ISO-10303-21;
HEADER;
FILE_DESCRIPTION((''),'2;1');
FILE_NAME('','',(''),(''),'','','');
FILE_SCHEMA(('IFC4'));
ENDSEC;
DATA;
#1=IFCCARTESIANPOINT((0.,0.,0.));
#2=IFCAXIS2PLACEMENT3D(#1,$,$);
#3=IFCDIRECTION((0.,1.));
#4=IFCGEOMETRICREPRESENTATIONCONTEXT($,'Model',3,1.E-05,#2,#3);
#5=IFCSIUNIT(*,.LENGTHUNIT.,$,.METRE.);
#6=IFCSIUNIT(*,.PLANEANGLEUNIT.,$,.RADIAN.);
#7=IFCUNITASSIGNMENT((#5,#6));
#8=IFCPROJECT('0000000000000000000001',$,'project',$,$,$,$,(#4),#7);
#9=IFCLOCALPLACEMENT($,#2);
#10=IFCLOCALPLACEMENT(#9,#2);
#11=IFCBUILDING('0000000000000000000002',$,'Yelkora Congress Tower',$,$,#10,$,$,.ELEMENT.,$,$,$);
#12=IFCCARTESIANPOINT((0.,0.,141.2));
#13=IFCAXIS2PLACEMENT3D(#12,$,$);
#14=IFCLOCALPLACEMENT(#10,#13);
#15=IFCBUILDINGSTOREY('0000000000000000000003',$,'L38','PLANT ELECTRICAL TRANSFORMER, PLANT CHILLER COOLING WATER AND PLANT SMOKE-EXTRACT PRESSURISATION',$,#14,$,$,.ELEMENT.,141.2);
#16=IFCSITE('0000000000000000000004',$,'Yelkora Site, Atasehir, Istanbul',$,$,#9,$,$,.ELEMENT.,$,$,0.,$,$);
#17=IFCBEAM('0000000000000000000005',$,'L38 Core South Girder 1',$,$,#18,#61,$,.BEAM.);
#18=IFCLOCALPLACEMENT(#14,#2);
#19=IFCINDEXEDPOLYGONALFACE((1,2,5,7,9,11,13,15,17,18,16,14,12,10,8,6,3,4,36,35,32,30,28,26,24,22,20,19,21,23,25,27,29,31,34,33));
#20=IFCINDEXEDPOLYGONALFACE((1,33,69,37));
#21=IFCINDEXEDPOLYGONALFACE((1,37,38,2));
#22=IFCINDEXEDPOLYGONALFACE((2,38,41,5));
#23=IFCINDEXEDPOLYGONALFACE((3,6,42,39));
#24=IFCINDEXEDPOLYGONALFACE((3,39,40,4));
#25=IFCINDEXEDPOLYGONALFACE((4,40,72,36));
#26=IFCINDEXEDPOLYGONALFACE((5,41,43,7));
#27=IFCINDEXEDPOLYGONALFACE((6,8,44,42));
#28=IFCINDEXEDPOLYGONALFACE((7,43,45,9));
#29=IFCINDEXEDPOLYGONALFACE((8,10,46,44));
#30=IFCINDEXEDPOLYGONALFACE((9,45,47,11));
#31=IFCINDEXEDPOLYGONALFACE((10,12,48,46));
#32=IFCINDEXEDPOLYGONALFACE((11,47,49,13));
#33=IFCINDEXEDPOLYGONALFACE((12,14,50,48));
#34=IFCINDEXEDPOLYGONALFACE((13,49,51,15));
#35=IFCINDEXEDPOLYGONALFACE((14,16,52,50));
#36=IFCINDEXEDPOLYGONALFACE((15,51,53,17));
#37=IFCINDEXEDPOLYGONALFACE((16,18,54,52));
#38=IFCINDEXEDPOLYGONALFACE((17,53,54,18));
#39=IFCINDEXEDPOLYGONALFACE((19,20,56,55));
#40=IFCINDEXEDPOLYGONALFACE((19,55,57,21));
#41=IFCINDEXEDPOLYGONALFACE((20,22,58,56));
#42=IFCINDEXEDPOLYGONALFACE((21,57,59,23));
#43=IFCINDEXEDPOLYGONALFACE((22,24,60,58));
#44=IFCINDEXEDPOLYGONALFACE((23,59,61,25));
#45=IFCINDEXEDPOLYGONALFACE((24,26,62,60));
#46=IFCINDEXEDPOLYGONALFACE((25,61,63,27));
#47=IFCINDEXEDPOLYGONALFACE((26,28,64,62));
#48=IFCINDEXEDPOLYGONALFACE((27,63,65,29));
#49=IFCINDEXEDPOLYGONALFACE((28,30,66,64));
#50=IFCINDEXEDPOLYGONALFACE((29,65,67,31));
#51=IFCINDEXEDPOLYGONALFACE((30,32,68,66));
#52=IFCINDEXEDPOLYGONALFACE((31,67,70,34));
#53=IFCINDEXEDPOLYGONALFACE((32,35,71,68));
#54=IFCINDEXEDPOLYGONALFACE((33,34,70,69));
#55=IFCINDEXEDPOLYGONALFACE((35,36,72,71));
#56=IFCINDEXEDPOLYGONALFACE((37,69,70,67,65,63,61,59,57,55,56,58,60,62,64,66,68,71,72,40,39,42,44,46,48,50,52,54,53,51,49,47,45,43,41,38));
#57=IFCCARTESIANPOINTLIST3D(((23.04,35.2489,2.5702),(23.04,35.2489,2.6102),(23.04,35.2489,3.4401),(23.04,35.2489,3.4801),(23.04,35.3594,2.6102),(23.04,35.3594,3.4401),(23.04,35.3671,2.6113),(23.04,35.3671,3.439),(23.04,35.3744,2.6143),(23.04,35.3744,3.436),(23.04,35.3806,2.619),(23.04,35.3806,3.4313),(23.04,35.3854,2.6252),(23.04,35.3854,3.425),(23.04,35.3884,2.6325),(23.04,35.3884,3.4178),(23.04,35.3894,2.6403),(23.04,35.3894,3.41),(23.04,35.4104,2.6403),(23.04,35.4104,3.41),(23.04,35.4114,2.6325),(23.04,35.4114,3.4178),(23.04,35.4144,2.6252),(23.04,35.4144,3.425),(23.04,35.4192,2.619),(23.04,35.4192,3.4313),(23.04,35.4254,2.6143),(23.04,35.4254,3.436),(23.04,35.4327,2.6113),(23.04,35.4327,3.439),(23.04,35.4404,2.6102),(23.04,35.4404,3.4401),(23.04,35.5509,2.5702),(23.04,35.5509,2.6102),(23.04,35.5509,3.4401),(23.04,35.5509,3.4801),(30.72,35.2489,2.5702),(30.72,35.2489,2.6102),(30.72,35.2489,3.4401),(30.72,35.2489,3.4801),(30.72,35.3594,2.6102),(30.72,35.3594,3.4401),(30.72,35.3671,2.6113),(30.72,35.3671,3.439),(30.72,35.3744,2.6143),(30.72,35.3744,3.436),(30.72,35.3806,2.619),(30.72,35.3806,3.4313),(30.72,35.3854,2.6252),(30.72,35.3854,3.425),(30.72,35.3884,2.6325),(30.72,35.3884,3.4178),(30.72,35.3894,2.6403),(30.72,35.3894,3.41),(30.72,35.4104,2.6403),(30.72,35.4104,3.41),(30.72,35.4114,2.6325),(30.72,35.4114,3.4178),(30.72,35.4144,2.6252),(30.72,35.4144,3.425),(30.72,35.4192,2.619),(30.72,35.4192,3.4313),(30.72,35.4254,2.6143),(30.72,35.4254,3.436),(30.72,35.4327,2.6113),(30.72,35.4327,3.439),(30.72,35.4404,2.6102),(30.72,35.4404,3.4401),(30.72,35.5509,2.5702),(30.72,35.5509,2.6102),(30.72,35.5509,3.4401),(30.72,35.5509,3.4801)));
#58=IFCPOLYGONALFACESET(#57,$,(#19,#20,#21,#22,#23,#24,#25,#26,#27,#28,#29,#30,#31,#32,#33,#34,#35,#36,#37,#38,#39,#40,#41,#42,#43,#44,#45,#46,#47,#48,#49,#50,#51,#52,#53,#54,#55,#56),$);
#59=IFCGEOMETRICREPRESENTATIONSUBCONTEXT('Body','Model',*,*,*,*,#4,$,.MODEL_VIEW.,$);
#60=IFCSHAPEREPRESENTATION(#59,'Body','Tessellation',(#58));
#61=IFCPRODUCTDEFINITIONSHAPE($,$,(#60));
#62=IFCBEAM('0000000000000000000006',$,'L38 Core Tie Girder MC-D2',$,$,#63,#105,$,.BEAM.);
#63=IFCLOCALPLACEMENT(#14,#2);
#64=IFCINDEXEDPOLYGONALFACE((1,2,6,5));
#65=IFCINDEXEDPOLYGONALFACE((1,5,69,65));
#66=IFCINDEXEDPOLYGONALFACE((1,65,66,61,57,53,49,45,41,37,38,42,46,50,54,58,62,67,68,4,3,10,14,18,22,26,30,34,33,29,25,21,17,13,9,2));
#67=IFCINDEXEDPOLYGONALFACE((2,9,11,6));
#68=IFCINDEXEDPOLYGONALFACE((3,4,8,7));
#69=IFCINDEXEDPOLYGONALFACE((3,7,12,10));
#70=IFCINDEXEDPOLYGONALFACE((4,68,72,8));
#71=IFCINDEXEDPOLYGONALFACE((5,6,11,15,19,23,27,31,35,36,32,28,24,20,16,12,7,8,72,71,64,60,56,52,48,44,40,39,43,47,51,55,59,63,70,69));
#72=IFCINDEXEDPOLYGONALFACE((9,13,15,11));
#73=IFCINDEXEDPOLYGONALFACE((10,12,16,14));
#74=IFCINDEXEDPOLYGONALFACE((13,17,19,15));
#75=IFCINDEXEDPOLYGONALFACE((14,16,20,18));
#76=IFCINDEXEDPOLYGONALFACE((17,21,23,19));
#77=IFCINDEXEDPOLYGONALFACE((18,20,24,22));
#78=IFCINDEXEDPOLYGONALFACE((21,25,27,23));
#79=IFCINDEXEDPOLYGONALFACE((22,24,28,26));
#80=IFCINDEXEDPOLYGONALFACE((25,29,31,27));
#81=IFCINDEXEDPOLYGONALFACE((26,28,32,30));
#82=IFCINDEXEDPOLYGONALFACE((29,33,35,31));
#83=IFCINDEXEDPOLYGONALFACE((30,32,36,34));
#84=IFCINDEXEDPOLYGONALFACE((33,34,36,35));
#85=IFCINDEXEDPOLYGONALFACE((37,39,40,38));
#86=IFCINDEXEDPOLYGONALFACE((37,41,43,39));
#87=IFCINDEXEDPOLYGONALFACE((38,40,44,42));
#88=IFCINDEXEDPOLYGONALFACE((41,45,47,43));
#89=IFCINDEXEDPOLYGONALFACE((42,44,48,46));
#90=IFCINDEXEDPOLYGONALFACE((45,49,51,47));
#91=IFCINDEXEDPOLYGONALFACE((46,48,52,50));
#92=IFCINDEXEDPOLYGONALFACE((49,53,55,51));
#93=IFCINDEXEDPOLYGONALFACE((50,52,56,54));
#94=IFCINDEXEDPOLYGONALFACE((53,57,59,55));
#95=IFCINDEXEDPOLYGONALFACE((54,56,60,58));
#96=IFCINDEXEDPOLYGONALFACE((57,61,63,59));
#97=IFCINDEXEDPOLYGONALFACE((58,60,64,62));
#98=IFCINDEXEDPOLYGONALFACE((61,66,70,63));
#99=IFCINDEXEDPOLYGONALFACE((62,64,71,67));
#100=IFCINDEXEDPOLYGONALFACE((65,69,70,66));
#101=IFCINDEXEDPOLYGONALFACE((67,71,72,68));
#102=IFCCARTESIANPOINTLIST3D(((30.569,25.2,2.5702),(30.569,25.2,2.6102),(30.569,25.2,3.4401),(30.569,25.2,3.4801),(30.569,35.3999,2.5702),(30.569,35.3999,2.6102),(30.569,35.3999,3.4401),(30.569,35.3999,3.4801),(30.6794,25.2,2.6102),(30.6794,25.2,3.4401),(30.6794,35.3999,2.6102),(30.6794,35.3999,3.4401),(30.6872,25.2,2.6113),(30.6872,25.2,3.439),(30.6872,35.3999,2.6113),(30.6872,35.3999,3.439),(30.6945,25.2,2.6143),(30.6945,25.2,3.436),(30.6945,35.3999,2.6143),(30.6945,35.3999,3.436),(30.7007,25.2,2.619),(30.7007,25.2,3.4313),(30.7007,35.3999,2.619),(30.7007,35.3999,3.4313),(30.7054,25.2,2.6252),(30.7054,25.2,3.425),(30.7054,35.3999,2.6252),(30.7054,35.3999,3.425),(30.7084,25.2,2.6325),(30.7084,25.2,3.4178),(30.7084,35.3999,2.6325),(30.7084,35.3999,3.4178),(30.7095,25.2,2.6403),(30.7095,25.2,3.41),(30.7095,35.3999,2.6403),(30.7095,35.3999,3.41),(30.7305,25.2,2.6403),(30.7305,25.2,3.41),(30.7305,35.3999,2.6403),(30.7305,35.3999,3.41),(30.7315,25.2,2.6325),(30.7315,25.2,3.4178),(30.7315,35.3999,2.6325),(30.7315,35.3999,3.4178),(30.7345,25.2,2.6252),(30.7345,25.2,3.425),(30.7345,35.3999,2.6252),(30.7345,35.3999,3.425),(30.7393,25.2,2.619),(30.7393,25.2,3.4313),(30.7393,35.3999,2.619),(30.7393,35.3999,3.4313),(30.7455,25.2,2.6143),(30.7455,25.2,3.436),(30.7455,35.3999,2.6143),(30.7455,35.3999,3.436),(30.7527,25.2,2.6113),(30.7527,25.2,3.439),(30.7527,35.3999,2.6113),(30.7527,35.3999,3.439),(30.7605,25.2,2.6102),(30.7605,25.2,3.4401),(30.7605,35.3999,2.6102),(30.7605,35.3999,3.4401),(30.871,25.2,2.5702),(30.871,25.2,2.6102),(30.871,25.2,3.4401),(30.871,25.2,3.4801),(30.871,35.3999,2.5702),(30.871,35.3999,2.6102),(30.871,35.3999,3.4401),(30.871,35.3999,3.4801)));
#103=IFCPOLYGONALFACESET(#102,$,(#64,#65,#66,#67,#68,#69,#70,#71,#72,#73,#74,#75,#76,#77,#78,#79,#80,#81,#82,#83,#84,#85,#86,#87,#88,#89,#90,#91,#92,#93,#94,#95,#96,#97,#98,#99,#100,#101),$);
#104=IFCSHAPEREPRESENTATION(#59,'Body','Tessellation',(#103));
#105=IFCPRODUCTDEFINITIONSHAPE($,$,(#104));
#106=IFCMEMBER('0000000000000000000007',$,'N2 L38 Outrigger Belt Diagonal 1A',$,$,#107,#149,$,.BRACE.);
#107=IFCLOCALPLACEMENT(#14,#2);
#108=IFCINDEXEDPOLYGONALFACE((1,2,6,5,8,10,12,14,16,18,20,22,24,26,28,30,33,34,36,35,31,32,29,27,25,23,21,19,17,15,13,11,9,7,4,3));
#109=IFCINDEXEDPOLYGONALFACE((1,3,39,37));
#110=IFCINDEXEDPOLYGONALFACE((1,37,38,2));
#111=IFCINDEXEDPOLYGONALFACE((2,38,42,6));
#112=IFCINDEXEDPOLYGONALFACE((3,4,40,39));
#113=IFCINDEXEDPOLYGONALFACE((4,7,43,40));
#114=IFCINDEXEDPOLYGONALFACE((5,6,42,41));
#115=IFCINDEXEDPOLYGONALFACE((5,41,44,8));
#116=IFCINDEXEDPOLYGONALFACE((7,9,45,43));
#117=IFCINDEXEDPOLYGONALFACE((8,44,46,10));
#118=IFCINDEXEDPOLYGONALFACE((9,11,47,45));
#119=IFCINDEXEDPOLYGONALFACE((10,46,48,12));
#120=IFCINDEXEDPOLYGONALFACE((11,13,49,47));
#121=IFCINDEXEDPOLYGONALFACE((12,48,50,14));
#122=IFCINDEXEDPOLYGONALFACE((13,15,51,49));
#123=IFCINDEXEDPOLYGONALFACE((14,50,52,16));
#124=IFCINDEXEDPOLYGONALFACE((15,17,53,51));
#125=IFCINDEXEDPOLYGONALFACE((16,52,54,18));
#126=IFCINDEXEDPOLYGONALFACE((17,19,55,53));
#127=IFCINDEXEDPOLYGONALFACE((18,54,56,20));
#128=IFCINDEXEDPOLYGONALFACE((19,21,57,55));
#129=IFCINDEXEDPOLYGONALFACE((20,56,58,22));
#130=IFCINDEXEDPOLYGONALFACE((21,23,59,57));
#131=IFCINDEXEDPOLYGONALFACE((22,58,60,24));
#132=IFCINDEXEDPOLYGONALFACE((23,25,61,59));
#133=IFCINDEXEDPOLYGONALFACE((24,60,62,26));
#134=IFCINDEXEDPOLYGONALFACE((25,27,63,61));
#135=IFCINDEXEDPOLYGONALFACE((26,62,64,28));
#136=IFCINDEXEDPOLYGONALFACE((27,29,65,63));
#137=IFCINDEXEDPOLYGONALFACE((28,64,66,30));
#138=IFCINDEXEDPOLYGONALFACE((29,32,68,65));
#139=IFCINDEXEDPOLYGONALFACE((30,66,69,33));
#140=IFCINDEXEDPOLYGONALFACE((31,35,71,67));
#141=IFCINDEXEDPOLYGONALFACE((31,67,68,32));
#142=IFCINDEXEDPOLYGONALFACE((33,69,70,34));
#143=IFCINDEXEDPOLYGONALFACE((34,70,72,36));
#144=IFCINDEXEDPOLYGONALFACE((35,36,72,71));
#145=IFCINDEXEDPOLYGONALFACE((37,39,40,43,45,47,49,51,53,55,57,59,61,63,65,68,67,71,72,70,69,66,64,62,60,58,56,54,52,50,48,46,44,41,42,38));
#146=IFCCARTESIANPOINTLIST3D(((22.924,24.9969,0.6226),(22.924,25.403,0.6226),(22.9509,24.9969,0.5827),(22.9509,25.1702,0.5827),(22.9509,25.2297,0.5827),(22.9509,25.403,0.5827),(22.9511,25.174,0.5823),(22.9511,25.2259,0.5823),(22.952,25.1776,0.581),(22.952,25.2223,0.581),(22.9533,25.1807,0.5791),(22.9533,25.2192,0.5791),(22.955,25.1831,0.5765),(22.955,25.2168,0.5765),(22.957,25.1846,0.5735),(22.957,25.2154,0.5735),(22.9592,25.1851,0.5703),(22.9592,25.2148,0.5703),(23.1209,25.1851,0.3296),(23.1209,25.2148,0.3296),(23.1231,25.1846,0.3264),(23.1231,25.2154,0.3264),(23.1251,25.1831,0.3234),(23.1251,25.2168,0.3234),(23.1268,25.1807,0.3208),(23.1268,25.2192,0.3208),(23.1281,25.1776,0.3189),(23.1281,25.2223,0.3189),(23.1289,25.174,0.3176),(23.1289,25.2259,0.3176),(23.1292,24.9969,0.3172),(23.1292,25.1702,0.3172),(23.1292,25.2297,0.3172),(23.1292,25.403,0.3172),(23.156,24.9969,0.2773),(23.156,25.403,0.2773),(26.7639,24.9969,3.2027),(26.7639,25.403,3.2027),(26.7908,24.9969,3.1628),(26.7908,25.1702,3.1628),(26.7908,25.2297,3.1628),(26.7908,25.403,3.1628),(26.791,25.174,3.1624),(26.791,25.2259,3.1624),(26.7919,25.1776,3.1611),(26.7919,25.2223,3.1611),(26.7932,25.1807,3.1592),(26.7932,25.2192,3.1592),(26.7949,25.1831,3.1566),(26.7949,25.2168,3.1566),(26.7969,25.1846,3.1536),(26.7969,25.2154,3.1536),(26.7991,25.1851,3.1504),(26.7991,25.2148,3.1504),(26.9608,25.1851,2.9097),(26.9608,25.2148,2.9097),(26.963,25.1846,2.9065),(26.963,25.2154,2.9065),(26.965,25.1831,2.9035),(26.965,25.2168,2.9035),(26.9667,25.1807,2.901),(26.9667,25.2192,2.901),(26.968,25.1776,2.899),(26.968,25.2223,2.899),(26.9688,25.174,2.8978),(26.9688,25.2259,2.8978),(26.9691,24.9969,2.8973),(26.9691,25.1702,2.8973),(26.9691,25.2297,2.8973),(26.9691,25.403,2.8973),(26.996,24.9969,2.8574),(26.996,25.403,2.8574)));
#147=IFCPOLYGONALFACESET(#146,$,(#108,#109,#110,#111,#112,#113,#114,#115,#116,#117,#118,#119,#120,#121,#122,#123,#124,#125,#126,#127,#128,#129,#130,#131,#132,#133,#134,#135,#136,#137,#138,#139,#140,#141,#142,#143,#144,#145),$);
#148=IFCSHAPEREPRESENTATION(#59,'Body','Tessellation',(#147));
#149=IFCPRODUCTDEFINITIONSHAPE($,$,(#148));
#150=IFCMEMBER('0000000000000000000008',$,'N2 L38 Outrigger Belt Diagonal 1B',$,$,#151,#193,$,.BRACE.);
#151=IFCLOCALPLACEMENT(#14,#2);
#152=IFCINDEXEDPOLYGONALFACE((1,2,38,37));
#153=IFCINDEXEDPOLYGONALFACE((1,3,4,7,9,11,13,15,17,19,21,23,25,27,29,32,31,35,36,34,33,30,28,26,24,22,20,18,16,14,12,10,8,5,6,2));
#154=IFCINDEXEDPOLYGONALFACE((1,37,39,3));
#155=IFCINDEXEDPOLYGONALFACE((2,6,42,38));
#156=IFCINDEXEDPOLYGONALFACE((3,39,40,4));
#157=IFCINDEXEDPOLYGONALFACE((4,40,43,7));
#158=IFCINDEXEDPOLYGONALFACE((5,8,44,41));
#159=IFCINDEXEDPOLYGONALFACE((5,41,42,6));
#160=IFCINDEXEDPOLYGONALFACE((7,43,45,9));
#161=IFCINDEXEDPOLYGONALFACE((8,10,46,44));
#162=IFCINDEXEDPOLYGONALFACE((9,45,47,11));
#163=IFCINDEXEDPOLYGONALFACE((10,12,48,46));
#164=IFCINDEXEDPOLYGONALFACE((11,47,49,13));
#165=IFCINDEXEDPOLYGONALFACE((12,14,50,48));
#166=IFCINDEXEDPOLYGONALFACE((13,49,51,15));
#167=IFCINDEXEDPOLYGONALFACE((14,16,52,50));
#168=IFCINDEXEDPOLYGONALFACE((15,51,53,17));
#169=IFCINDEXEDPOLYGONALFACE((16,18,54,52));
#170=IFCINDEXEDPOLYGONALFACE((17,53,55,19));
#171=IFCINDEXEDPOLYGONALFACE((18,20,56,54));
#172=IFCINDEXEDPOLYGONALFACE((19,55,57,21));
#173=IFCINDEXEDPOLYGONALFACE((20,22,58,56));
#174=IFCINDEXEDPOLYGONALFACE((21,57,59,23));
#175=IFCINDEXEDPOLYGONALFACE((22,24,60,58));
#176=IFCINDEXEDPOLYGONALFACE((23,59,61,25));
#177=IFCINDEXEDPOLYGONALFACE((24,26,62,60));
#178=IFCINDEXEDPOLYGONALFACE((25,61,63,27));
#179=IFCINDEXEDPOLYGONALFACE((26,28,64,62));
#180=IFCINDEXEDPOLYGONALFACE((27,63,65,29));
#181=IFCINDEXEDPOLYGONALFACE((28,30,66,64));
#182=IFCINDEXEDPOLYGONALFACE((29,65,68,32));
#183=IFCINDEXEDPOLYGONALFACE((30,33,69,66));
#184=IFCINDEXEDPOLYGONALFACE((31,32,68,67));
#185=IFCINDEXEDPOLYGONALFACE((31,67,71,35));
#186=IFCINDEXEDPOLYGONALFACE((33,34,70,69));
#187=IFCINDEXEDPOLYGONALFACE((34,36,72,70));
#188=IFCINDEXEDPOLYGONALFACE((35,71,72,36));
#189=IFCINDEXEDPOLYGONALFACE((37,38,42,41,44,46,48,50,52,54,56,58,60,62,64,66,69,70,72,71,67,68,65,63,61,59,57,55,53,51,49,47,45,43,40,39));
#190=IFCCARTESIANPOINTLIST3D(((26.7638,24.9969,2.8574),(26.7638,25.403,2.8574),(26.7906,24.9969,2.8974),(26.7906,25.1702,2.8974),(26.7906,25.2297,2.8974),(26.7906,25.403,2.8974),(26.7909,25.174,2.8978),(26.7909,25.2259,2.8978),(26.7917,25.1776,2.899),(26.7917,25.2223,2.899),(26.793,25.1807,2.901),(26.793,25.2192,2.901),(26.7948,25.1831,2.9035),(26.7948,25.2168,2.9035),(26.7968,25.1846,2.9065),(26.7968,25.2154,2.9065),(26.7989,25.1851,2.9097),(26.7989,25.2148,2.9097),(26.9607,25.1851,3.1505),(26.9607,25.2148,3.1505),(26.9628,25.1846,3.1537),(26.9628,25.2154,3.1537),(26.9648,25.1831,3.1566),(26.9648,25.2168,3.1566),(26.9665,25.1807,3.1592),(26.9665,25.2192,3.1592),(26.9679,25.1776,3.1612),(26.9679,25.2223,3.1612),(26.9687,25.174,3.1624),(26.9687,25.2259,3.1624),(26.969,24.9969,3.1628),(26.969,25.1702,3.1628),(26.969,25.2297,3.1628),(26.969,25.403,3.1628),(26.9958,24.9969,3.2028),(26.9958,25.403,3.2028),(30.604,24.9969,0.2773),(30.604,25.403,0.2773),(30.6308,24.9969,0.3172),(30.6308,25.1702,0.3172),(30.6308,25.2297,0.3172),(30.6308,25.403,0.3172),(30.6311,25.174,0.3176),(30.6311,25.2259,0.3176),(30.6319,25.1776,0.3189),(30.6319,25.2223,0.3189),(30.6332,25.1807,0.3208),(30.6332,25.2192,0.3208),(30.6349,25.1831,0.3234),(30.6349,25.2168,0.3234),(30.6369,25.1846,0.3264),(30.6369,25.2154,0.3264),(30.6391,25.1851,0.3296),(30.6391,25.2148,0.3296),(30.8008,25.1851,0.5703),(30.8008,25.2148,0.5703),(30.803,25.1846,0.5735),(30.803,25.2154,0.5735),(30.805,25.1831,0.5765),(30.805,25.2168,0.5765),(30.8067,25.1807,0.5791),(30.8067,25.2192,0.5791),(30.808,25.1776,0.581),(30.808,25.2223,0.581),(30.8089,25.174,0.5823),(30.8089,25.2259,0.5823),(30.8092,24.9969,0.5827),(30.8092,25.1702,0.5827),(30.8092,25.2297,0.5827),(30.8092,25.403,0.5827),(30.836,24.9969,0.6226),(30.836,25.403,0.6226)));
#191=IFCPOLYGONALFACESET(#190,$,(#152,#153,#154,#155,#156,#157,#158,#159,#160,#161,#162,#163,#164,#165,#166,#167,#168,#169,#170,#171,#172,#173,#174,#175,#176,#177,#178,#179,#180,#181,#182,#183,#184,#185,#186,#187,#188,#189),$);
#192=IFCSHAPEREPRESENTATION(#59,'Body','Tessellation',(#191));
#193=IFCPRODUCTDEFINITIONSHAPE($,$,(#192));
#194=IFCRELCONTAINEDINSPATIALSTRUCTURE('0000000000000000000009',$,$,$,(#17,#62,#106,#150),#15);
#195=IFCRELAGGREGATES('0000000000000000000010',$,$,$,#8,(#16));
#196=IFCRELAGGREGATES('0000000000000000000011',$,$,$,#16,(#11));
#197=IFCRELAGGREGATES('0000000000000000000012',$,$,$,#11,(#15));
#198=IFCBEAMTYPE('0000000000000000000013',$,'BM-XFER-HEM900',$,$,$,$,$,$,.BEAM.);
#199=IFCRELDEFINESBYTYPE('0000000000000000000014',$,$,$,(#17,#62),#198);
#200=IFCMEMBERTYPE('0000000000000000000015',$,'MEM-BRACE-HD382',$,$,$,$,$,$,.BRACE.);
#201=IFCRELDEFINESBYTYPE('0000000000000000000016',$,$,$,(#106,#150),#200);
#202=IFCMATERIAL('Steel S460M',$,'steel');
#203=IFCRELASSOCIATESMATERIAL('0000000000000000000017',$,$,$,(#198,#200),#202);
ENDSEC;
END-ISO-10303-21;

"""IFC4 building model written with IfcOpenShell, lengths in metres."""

from ifc_helpers import new_model, si_unit, direction, frame, origin, origin_2d, place, context, subcontext, project, spatial, i_section, extrude, material, material_profile, profile_set, type_object, element, save


model = new_model("IFC4")

# Units and contexts
model_context = context("Model", 3, precision=1e-05, world=origin(), true_north=direction((0.0, 1.0)))
body_context = subcontext(model_context, "Body", "Model", "MODEL_VIEW")
ifc_project = project(units=[si_unit("LENGTHUNIT", "METRE"), si_unit("PLANEANGLEUNIT", "RADIAN")], contexts=[model_context])

# Site, building, storey
site_placement = place(None, origin())
site = spatial("IfcSite", under=ifc_project, at=site_placement, Name="Yelkora Site, Atasehir, Istanbul", CompositionType="ELEMENT", RefElevation=0.0)
building_placement = place(site_placement, origin())
building = spatial("IfcBuilding", under=site, at=building_placement, Name="Yelkora Congress Tower", CompositionType="ELEMENT")
storey_placement = place(building_placement, frame((0.0, 0.0, 141.2)))
storey = spatial("IfcBuildingStorey", under=building, at=storey_placement, Name="L38", Description="PLANT ELECTRICAL TRANSFORMER, PLANT CHILLER COOLING WATER AND PLANT SMOKE-EXTRACT PRESSURISATION", CompositionType="ELEMENT", Elevation=141.2)

# Shared definitions
ifc_material_1 = material(Name="Steel S460M", Category="steel")

# Beams
ifc_material_profile_1 = material_profile(ifc_material_1, i_section(OverallWidth=0.302, OverallDepth=0.9099, WebThickness=0.021, FlangeThickness=0.04, FilletRadius=0.03, at=origin_2d()), Name="HEM 900")
ifc_profile_set_1 = profile_set([ifc_material_profile_1], Name="Steel S460M")
beam_type = type_object("IfcBeamType", Name="BM-XFER-HEM900", PredefinedType="BEAM", material=ifc_profile_set_1)
for number, where, z_axis, x_axis, name in (
    (1, (23.04, 35.3999, 3.0251), (1.0, 0.0, 0.0), (0.0, 1.0, 0.0), "L38 Core South Girder 1"),
):
    element("IfcBeam", number, at=place(storey_placement, frame(where, z_axis=z_axis, x_axis=x_axis)), inside=storey, type_object=beam_type, Name=name, PredefinedType="BEAM", context=body_context, shape_type="SweptSolid", body=[
        extrude(i_section(OverallWidth=0.302, OverallDepth=0.9099, WebThickness=0.021, FlangeThickness=0.04, FilletRadius=0.03, at=origin_2d()), origin(), (0.0, 0.0, 1.0), 7.6799),
    ])
beam_placement = place(storey_placement, frame((30.72, 25.2, 3.0251), z_axis=(0.0, 1.0, 0.0), x_axis=(-1.0, 0.0, 0.0)))
element("IfcBeam", 2, at=beam_placement, inside=storey, type_object=beam_type, Name="L38 Core Tie Girder MC-D2", PredefinedType="BEAM", context=body_context, shape_type="SweptSolid", body=[
    extrude(i_section(OverallWidth=0.302, OverallDepth=0.9099, WebThickness=0.021, FlangeThickness=0.04, FilletRadius=0.03, at=origin_2d()), origin(), (0.0, 0.0, 1.0), 10.2),
])

# Members
ifc_material_profile_2 = material_profile(ifc_material_1, i_section(OverallWidth=0.406, OverallDepth=0.416, WebThickness=0.0298, FlangeThickness=0.0481, FilletRadius=0.0149, at=origin_2d()), Name="HD 400x382")
ifc_profile_set_2 = profile_set([ifc_material_profile_2], Name="Steel S460M")
member_type_1 = type_object("IfcMemberType", Name="MEM-BRACE-HD382", PredefinedType="BRACE", material=ifc_profile_set_2)
member_1_placement = place(storey_placement, frame((23.04, 25.2, 0.45), z_axis=(0.830031, 0.0, 0.557717), x_axis=(0.0, 1.0, 0.0)))
element("IfcMember", 3, at=member_1_placement, inside=storey, type_object=member_type_1, Name="N2 L38 Outrigger Belt Diagonal 1A", PredefinedType="BRACE", context=body_context, shape_type="SweptSolid", body=[
    extrude(i_section(OverallWidth=0.406, OverallDepth=0.416, WebThickness=0.0298, FlangeThickness=0.0481, FilletRadius=0.0149, at=origin_2d()), origin(), (0.0, 0.0, 1.0), 4.6262),
])
for number, where, z_axis, x_axis, name in (
    (4, (30.72, 25.2, 0.45), (-0.830048, 0.0, 0.557692), (0.0, -1.0, 0.0), "N2 L38 Outrigger Belt Diagonal 1B"),
):
    element("IfcMember", number, at=place(storey_placement, frame(where, z_axis=z_axis, x_axis=x_axis)), inside=storey, type_object=member_type_1, Name=name, PredefinedType="BRACE", context=body_context, shape_type="SweptSolid", body=[
        extrude(i_section(OverallWidth=0.406, OverallDepth=0.416, WebThickness=0.0298, FlangeThickness=0.0481, FilletRadius=0.0149, at=origin_2d()), origin(), (0.0, 0.0, 1.0), 4.6265),
    ])

save(model, "model.ifc")
